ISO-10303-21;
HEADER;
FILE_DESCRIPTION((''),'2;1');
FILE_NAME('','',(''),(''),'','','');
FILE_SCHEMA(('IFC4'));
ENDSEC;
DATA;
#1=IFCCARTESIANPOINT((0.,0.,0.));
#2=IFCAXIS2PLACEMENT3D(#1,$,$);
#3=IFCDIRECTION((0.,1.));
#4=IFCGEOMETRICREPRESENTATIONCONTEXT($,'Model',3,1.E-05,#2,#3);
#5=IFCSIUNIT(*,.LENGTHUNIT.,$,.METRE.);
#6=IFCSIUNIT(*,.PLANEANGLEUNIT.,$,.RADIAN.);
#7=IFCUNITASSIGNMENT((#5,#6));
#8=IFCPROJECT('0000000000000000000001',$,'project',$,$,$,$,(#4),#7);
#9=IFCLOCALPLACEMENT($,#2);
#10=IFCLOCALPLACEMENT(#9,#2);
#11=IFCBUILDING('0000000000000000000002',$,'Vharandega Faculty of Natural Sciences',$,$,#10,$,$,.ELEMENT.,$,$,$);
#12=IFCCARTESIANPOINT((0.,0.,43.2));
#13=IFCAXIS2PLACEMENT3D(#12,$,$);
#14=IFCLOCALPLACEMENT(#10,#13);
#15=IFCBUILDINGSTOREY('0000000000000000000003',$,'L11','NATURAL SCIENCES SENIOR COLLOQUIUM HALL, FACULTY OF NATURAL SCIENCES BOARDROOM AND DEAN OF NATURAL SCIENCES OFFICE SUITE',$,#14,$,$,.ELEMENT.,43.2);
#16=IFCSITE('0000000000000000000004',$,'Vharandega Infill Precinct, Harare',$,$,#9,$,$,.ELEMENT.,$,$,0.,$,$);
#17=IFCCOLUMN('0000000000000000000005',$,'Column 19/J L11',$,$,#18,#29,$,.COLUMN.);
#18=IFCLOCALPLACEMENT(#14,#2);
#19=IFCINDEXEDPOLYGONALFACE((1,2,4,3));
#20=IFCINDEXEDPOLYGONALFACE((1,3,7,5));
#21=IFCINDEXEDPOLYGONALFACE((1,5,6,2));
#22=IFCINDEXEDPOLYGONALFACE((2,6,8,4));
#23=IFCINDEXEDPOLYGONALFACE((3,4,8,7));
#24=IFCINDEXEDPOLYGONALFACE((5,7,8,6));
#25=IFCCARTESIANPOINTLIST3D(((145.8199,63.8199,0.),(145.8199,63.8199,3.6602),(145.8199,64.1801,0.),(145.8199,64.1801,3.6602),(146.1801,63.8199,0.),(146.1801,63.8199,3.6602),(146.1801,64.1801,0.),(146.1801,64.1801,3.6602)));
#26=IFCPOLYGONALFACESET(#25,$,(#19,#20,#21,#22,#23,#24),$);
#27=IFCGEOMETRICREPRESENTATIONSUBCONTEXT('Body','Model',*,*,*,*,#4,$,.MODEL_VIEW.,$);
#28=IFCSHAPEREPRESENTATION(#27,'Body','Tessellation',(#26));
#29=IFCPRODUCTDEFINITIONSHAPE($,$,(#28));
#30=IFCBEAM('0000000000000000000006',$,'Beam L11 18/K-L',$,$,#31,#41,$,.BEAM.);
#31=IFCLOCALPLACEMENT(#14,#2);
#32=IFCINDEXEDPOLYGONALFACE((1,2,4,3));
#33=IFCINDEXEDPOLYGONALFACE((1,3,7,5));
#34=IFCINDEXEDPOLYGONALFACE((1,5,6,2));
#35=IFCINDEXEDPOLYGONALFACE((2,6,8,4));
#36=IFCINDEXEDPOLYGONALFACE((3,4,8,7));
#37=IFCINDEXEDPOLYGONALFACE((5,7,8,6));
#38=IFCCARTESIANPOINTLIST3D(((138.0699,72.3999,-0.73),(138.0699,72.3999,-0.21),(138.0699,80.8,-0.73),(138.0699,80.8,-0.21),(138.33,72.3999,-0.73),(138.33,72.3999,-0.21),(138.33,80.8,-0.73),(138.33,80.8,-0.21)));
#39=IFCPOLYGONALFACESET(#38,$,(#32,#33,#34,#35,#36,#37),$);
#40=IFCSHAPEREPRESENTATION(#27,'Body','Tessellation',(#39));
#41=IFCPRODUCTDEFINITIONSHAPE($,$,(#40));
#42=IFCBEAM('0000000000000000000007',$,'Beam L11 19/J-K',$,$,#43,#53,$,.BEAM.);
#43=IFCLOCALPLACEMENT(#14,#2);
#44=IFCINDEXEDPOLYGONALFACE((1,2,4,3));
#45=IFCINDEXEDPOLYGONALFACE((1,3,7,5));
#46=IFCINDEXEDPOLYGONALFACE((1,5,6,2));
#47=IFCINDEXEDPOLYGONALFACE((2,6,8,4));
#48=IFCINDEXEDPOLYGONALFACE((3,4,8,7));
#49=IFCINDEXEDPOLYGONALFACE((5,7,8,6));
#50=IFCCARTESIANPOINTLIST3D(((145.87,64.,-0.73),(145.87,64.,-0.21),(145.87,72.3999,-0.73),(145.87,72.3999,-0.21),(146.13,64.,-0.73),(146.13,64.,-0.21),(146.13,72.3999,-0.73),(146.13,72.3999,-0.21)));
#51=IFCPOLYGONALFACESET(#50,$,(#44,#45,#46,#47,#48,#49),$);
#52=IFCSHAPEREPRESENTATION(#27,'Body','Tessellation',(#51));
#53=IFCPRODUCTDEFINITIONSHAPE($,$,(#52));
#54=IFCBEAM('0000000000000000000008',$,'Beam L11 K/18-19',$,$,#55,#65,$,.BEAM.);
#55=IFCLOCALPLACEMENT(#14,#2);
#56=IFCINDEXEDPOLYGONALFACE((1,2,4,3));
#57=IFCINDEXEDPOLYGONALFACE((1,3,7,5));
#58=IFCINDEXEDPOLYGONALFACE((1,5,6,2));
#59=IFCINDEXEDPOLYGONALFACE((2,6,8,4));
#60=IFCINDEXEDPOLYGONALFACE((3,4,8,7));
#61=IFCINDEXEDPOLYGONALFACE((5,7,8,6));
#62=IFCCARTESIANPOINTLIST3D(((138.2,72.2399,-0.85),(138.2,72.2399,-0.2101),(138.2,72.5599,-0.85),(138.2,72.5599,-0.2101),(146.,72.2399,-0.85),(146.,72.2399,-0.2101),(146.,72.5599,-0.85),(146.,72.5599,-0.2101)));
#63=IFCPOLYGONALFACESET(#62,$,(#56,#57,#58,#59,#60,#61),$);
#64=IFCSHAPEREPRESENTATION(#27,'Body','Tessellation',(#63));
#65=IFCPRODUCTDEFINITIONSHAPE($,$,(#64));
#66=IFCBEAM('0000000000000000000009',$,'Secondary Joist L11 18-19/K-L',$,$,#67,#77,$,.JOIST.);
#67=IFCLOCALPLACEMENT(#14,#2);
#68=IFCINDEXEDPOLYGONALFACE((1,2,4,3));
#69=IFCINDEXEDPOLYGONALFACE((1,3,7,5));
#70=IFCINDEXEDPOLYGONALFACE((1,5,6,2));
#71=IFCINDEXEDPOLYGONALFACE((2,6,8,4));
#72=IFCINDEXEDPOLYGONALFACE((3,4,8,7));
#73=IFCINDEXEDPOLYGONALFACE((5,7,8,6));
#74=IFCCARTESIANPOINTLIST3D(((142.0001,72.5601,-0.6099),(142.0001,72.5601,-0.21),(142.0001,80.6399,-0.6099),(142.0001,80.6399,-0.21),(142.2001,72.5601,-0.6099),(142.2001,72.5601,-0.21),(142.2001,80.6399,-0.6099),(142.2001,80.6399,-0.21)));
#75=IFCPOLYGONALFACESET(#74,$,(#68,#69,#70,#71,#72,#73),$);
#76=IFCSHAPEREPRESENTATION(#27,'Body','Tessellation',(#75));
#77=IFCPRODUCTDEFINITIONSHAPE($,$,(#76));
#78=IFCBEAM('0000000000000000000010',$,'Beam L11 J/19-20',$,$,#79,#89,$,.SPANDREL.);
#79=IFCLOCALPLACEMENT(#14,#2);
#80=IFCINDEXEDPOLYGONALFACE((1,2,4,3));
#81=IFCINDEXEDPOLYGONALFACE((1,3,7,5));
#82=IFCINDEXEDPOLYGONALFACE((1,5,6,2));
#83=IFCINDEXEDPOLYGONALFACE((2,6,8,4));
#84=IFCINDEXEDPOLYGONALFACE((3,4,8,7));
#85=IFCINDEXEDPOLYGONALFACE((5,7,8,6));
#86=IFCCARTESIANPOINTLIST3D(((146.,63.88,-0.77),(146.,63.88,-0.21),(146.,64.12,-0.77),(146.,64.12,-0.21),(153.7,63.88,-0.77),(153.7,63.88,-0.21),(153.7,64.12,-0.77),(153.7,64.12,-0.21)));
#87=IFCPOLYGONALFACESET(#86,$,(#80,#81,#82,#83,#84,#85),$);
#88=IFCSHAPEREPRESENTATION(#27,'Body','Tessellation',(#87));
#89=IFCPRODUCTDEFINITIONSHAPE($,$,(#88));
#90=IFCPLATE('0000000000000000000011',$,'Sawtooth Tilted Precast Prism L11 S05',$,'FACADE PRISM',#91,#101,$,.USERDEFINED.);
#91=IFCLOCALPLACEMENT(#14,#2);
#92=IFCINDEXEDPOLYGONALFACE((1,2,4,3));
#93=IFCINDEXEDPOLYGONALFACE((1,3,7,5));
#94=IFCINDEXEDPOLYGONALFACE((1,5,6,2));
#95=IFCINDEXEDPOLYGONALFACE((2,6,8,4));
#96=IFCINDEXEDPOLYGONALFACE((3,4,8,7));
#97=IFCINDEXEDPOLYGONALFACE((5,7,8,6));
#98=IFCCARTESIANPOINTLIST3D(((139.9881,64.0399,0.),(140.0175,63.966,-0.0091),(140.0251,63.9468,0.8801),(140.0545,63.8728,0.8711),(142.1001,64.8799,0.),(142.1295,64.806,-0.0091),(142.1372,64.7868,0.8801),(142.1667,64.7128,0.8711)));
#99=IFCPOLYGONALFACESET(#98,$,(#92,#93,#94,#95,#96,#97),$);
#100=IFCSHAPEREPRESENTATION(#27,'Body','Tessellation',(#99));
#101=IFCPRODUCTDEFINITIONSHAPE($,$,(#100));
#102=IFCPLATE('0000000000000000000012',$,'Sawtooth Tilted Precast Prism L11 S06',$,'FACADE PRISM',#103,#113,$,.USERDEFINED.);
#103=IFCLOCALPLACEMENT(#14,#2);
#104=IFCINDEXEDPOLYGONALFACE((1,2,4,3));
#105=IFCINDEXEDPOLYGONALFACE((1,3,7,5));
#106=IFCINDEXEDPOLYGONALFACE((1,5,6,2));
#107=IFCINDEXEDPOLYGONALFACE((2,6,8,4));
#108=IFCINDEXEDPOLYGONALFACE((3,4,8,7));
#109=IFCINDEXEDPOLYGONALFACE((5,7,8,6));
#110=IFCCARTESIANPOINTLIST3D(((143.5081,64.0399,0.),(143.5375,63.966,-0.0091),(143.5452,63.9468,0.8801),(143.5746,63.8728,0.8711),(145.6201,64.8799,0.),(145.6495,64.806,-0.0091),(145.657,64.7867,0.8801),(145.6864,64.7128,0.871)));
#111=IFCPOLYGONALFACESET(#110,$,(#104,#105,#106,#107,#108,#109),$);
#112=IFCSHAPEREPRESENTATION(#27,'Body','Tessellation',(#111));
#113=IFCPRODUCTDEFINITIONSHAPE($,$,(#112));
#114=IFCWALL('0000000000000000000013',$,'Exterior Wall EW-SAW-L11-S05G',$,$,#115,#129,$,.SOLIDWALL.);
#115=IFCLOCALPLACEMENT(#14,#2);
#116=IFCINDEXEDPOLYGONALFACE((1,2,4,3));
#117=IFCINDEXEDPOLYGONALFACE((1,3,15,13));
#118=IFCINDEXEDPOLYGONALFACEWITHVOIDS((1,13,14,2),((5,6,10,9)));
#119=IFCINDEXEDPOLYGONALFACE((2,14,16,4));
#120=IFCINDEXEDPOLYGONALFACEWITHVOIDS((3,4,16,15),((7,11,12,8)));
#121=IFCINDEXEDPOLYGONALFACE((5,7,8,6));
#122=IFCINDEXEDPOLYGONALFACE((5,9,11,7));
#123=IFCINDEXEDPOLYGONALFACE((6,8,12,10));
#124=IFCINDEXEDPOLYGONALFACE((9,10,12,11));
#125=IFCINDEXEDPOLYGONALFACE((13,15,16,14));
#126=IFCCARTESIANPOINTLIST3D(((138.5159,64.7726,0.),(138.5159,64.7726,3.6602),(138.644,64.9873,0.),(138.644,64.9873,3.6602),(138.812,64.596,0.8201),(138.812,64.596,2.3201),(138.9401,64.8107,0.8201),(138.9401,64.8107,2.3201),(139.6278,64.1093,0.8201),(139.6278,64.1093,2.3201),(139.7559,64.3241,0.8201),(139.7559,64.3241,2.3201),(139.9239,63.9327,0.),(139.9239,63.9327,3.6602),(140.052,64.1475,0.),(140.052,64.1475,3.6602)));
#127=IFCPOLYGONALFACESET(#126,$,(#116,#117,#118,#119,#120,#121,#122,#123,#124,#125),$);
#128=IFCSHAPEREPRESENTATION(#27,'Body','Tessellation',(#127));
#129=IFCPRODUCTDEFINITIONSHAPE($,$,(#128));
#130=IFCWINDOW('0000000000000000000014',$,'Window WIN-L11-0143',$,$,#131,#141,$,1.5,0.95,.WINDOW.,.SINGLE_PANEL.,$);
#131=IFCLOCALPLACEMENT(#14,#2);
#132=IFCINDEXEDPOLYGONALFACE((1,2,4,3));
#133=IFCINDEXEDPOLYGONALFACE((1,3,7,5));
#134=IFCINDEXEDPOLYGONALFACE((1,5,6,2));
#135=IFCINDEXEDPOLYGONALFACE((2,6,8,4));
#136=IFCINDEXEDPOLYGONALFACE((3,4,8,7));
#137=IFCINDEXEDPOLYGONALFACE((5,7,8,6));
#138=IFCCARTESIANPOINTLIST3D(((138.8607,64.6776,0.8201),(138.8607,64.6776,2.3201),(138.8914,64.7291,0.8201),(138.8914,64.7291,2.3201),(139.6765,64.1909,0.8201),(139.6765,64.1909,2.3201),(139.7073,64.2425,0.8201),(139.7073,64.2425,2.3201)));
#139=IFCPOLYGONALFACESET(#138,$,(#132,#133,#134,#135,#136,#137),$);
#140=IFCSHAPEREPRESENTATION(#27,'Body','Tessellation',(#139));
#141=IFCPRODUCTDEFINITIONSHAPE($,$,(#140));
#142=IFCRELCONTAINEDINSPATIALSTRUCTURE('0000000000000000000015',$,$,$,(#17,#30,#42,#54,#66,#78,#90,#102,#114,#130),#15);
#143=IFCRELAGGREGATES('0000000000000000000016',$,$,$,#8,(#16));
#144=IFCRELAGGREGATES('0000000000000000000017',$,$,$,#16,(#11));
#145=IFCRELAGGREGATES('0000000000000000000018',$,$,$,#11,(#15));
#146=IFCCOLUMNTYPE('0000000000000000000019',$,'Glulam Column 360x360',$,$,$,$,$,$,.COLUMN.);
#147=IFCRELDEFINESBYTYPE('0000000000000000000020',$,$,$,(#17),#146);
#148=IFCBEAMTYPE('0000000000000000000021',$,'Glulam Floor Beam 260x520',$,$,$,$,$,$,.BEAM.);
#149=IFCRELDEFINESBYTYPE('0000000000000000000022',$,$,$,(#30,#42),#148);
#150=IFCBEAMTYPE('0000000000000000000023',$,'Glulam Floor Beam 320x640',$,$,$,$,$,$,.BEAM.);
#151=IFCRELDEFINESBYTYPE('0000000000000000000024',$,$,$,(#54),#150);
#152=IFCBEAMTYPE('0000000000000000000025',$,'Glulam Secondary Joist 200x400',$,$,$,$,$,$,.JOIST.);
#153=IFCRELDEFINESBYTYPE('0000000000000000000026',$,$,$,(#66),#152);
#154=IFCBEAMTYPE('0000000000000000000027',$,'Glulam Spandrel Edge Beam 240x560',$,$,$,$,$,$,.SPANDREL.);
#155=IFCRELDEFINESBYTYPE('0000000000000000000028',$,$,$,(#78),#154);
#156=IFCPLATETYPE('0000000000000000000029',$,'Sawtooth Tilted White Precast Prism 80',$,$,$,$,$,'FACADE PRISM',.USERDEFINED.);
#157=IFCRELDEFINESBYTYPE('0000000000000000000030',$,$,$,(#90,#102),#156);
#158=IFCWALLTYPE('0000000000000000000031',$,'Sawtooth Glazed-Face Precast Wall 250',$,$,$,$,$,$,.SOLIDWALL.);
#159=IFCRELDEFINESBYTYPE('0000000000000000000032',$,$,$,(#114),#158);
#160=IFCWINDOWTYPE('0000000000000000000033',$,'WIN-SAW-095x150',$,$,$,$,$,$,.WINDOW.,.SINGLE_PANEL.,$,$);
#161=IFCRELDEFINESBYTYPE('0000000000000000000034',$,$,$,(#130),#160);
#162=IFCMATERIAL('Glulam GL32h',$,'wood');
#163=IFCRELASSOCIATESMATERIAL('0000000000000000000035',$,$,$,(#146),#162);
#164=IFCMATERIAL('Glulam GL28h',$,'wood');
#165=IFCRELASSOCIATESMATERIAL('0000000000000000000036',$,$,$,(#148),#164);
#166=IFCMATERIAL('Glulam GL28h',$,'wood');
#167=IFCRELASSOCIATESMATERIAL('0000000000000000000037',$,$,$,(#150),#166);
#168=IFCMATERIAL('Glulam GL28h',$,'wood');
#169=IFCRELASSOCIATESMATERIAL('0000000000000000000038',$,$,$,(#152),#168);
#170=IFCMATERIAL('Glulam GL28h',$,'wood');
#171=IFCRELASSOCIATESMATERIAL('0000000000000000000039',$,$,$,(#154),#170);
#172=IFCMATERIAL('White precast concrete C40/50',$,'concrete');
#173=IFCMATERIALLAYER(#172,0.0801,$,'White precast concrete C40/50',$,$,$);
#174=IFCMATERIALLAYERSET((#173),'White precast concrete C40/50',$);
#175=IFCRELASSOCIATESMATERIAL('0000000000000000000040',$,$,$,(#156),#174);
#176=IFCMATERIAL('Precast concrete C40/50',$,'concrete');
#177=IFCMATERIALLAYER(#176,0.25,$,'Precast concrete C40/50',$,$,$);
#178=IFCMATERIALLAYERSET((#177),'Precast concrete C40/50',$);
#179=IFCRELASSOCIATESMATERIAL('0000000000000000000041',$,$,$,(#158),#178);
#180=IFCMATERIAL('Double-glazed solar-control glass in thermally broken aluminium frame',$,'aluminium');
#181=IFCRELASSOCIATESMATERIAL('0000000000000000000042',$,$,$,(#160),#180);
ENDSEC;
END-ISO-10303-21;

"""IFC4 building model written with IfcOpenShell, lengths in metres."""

from ifc_helpers import new_model, si_unit, direction, frame, frame_2d, origin, origin_2d, place, context, subcontext, project, spatial, polyline, rectangle, outline, extrude, material, layer, layer_set, material_profile, profile_set, type_object, element, fill, save


model = new_model("IFC4")

# Units and contexts
model_context = context("Model", 3, precision=1e-05, world=origin(), true_north=direction((0.0, 1.0)))
body_context = subcontext(model_context, "Body", "Model", "MODEL_VIEW")
ifc_project = project(units=[si_unit("LENGTHUNIT", "METRE"), si_unit("PLANEANGLEUNIT", "RADIAN")], contexts=[model_context])

# Site, building, storey
site_placement = place(None, origin())
site = spatial("IfcSite", under=ifc_project, at=site_placement, Name="Vharandega Infill Precinct, Harare", CompositionType="ELEMENT", RefElevation=0.0)
building_placement = place(site_placement, origin())
building = spatial("IfcBuilding", under=site, at=building_placement, Name="Vharandega Faculty of Natural Sciences", CompositionType="ELEMENT")
storey_placement = place(building_placement, frame((0.0, 0.0, 43.2)))
storey = spatial("IfcBuildingStorey", under=building, at=storey_placement, Name="L11", Description="NATURAL SCIENCES SENIOR COLLOQUIUM HALL, FACULTY OF NATURAL SCIENCES BOARDROOM AND DEAN OF NATURAL SCIENCES OFFICE SUITE", CompositionType="ELEMENT", Elevation=43.2)

# Column
ifc_material_1 = material(Name="Glulam GL32h", Category="wood")
ifc_material_profile_1 = material_profile(ifc_material_1, rectangle(XDim=0.3601, YDim=0.3601, at=origin_2d()), Name="GL32h 360x360")
ifc_profile_set_1 = profile_set([ifc_material_profile_1], Name="Glulam GL32h")
column_type = type_object("IfcColumnType", Name="Glulam Column 360x360", PredefinedType="COLUMN", material=ifc_profile_set_1)
column_placement = place(storey_placement, frame((146.0, 64.0, 0.0), z_axis=(0.0, 0.0, 1.0), x_axis=(1.0, 0.0, 0.0)))
element("IfcColumn", 1, at=column_placement, inside=storey, type_object=column_type, Name="Column 19/J L11", PredefinedType="COLUMN", context=body_context, shape_type="SweptSolid", body=[
    extrude(rectangle(XDim=0.3601, YDim=0.3601, at=origin_2d()), origin(), (0.0, 0.0, 1.0), 3.6602),
])

# Beams
ifc_material_2 = material(Name="Glulam GL28h", Category="wood")
ifc_material_profile_2 = material_profile(ifc_material_2, rectangle(XDim=0.26, YDim=0.52, at=origin_2d()), Name="GL28h 260x520")
ifc_profile_set_2 = profile_set([ifc_material_profile_2], Name="Glulam GL28h")
beam_type_1 = type_object("IfcBeamType", Name="Glulam Floor Beam 260x520", PredefinedType="BEAM", material=ifc_profile_set_2)
beam_1_placement = place(storey_placement, frame((138.2, 72.3999, -0.47), z_axis=(0.0, 1.0, 0.0), x_axis=(-1.0, 0.0, 0.0)))
element("IfcBeam", 2, at=beam_1_placement, inside=storey, type_object=beam_type_1, Name="Beam L11 18/K-L", PredefinedType="BEAM", context=body_context, shape_type="SweptSolid", body=[
    extrude(rectangle(XDim=0.26, YDim=0.52, at=origin_2d()), origin(), (0.0, 0.0, 1.0), 8.4001),
])
beam_2_placement = place(storey_placement, frame((146.0, 64.0, -0.47), z_axis=(0.0, 1.0, 0.0), x_axis=(-1.0, 0.0, 0.0)))
element("IfcBeam", 3, at=beam_2_placement, inside=storey, type_object=beam_type_1, Name="Beam L11 19/J-K", PredefinedType="BEAM", context=body_context, shape_type="SweptSolid", body=[
    extrude(rectangle(XDim=0.26, YDim=0.52, at=origin_2d()), origin(), (0.0, 0.0, 1.0), 8.3999),
])
ifc_material_3 = material(Name="Glulam GL28h", Category="wood")
ifc_material_profile_3 = material_profile(ifc_material_3, rectangle(XDim=0.3201, YDim=0.6399, at=origin_2d()), Name="GL28h 320x640")
ifc_profile_set_3 = profile_set([ifc_material_profile_3], Name="Glulam GL28h")
beam_type_2 = type_object("IfcBeamType", Name="Glulam Floor Beam 320x640", PredefinedType="BEAM", material=ifc_profile_set_3)
beam_3_placement = place(storey_placement, frame((138.2, 72.3999, -0.53), z_axis=(1.0, 0.0, 0.0), x_axis=(0.0, 1.0, 0.0)))
element("IfcBeam", 4, at=beam_3_placement, inside=storey, type_object=beam_type_2, Name="Beam L11 K/18-19", PredefinedType="BEAM", context=body_context, shape_type="SweptSolid", body=[
    extrude(rectangle(XDim=0.3201, YDim=0.6399, at=origin_2d()), origin(), (0.0, 0.0, 1.0), 7.8),
])
ifc_material_4 = material(Name="Glulam GL28h", Category="wood")
ifc_material_profile_4 = material_profile(ifc_material_4, rectangle(XDim=0.2, YDim=0.3999, at=origin_2d()), Name="GL28h 200x400")
ifc_profile_set_4 = profile_set([ifc_material_profile_4], Name="Glulam GL28h")
beam_type_3 = type_object("IfcBeamType", Name="Glulam Secondary Joist 200x400", PredefinedType="JOIST", material=ifc_profile_set_4)
beam_4_placement = place(storey_placement, frame((142.1001, 72.5601, -0.4099), z_axis=(0.0, 1.0, 0.0), x_axis=(-1.0, 0.0, 0.0)))
element("IfcBeam", 5, at=beam_4_placement, inside=storey, type_object=beam_type_3, Name="Secondary Joist L11 18-19/K-L", PredefinedType="JOIST", context=body_context, shape_type="SweptSolid", body=[
    extrude(rectangle(XDim=0.2, YDim=0.3999, at=origin_2d()), origin(), (0.0, 0.0, 1.0), 8.0798),
])
ifc_material_5 = material(Name="Glulam GL28h", Category="wood")
ifc_material_profile_5 = material_profile(ifc_material_5, rectangle(XDim=0.24, YDim=0.5601, at=origin_2d()), Name="GL28h 240x560")
ifc_profile_set_5 = profile_set([ifc_material_profile_5], Name="Glulam GL28h")
beam_type_4 = type_object("IfcBeamType", Name="Glulam Spandrel Edge Beam 240x560", PredefinedType="SPANDREL", material=ifc_profile_set_5)
beam_5_placement = place(storey_placement, frame((146.0, 64.0, -0.49), z_axis=(1.0, 0.0, 0.0), x_axis=(0.0, 1.0, 0.0)))
element("IfcBeam", 6, at=beam_5_placement, inside=storey, type_object=beam_type_4, Name="Beam L11 J/19-20", PredefinedType="SPANDREL", context=body_context, shape_type="SweptSolid", body=[
    extrude(rectangle(XDim=0.24, YDim=0.5601, at=origin_2d()), origin(), (0.0, 0.0, 1.0), 7.7),
])

# Plates
ifc_material_6 = material(Name="White precast concrete C40/50", Category="concrete")
ifc_layer_1 = layer(ifc_material_6, 0.0801, Name="White precast concrete C40/50")
ifc_layer_set_1 = layer_set([ifc_layer_1], Name="White precast concrete C40/50")
plate_type = type_object("IfcPlateType", Name="Sawtooth Tilted White Precast Prism 80", ElementType="FACADE PRISM", PredefinedType="USERDEFINED", material=ifc_layer_set_1)
plate_1_placement = place(storey_placement, frame((142.1001, 64.8799, 0.0), z_axis=(-0.367173, 0.923241, 0.113184), x_axis=(0.04194, -0.105126, 0.993574)))
element("IfcPlate", 7, at=plate_1_placement, inside=storey, type_object=plate_type, Name="Sawtooth Tilted Precast Prism L11 S05", ObjectType="FACADE PRISM", PredefinedType="USERDEFINED", context=body_context, shape_type="SweptSolid", body=[
    extrude(outline(polyline([(0.0, 0.0), (0.8858, 0.0), (0.8855, -2.273), (-0.0003, -2.2729), (0.0, 0.0)])), origin(), (0.0, 0.0, -1.0), 0.0801),
])
plate_2_placement = place(storey_placement, frame((145.6201, 64.8799, 0.0), z_axis=(-0.367193, 0.923239, 0.113133), x_axis=(0.041683, -0.105174, 0.99358)))
element("IfcPlate", 8, at=plate_2_placement, inside=storey, type_object=plate_type, Name="Sawtooth Tilted Precast Prism L11 S06", ObjectType="FACADE PRISM", PredefinedType="USERDEFINED", context=body_context, shape_type="SweptSolid", body=[
    extrude(outline(polyline([(0.0, 0.0), (0.8858, 0.0), (0.8861, -2.2728), (0.0003, -2.2729), (0.0, 0.0)])), origin(), (0.0, 0.0, -1.0), 0.0801),
])

# Wall, opening, window
ifc_material_7 = material(Name="Precast concrete C40/50", Category="concrete")
ifc_layer_2 = layer(ifc_material_7, 0.25, Name="Precast concrete C40/50")
ifc_layer_set_2 = layer_set([ifc_layer_2], Name="Precast concrete C40/50")
wall_type_1 = type_object("IfcWallType", Name="Sawtooth Glazed-Face Precast Wall 250", PredefinedType="SOLIDWALL", material=ifc_layer_set_2)
wall_1_placement = place(storey_placement, frame((139.988, 64.04, 0.0), z_axis=(0.0, 0.0, 1.0), x_axis=(-0.858817, 0.512282, 0.0)))
wall_1 = element("IfcWall", 9, at=wall_1_placement, inside=storey, type_object=wall_type_1, Name="Exterior Wall EW-SAW-L11-S05G", PredefinedType="SOLIDWALL", context=body_context, shape_type="SweptSolid", body=[
    extrude(rectangle(XDim=1.6394, YDim=0.25, at=frame_2d((0.8198, 0.0))), origin(), (0.0, 0.0, 1.0), 3.6602),
])
opening_1_placement = place(wall_1_placement, frame((0.3447, 0.0, 0.8201)))
opening_1 = element("IfcOpeningElement", 10, at=opening_1_placement, cuts=wall_1, PredefinedType="OPENING", context=body_context, shape_type="SweptSolid", body=[
    extrude(rectangle(XDim=0.95, YDim=1.5, at=frame_2d((0.4751, 0.75))), frame((0.0, 0.135, 0.0), z_axis=(0.0, -1.0, 0.0), x_axis=(1.0, 0.0, 0.0)), (0.0, 0.0, 1.0), 0.27),
])
ifc_material_8 = material(Name="Double-glazed solar-control glass in thermally broken aluminium frame", Category="aluminium")
window_type_1 = type_object("IfcWindowType", Name="WIN-SAW-095x150", PartitioningType="SINGLE_PANEL", PredefinedType="WINDOW", material=ifc_material_8)
window_1_placement = place(opening_1_placement, origin())
window_1 = element("IfcWindow", 11, at=window_1_placement, inside=storey, type_object=window_type_1, Name="Window WIN-L11-0143", OverallHeight=1.5, OverallWidth=0.95, PartitioningType="SINGLE_PANEL", PredefinedType="WINDOW", context=body_context, shape_type="SweptSolid", body=[
    extrude(rectangle(XDim=0.95, YDim=1.5, at=frame_2d((0.4751, 0.75))), frame((0.0, 0.03, 0.0), z_axis=(0.0, -1.0, 0.0), x_axis=(1.0, 0.0, 0.0)), (0.0, 0.0, 1.0), 0.0601),
])
fill(opening_1, window_1)

save(model, "model.ifc")
